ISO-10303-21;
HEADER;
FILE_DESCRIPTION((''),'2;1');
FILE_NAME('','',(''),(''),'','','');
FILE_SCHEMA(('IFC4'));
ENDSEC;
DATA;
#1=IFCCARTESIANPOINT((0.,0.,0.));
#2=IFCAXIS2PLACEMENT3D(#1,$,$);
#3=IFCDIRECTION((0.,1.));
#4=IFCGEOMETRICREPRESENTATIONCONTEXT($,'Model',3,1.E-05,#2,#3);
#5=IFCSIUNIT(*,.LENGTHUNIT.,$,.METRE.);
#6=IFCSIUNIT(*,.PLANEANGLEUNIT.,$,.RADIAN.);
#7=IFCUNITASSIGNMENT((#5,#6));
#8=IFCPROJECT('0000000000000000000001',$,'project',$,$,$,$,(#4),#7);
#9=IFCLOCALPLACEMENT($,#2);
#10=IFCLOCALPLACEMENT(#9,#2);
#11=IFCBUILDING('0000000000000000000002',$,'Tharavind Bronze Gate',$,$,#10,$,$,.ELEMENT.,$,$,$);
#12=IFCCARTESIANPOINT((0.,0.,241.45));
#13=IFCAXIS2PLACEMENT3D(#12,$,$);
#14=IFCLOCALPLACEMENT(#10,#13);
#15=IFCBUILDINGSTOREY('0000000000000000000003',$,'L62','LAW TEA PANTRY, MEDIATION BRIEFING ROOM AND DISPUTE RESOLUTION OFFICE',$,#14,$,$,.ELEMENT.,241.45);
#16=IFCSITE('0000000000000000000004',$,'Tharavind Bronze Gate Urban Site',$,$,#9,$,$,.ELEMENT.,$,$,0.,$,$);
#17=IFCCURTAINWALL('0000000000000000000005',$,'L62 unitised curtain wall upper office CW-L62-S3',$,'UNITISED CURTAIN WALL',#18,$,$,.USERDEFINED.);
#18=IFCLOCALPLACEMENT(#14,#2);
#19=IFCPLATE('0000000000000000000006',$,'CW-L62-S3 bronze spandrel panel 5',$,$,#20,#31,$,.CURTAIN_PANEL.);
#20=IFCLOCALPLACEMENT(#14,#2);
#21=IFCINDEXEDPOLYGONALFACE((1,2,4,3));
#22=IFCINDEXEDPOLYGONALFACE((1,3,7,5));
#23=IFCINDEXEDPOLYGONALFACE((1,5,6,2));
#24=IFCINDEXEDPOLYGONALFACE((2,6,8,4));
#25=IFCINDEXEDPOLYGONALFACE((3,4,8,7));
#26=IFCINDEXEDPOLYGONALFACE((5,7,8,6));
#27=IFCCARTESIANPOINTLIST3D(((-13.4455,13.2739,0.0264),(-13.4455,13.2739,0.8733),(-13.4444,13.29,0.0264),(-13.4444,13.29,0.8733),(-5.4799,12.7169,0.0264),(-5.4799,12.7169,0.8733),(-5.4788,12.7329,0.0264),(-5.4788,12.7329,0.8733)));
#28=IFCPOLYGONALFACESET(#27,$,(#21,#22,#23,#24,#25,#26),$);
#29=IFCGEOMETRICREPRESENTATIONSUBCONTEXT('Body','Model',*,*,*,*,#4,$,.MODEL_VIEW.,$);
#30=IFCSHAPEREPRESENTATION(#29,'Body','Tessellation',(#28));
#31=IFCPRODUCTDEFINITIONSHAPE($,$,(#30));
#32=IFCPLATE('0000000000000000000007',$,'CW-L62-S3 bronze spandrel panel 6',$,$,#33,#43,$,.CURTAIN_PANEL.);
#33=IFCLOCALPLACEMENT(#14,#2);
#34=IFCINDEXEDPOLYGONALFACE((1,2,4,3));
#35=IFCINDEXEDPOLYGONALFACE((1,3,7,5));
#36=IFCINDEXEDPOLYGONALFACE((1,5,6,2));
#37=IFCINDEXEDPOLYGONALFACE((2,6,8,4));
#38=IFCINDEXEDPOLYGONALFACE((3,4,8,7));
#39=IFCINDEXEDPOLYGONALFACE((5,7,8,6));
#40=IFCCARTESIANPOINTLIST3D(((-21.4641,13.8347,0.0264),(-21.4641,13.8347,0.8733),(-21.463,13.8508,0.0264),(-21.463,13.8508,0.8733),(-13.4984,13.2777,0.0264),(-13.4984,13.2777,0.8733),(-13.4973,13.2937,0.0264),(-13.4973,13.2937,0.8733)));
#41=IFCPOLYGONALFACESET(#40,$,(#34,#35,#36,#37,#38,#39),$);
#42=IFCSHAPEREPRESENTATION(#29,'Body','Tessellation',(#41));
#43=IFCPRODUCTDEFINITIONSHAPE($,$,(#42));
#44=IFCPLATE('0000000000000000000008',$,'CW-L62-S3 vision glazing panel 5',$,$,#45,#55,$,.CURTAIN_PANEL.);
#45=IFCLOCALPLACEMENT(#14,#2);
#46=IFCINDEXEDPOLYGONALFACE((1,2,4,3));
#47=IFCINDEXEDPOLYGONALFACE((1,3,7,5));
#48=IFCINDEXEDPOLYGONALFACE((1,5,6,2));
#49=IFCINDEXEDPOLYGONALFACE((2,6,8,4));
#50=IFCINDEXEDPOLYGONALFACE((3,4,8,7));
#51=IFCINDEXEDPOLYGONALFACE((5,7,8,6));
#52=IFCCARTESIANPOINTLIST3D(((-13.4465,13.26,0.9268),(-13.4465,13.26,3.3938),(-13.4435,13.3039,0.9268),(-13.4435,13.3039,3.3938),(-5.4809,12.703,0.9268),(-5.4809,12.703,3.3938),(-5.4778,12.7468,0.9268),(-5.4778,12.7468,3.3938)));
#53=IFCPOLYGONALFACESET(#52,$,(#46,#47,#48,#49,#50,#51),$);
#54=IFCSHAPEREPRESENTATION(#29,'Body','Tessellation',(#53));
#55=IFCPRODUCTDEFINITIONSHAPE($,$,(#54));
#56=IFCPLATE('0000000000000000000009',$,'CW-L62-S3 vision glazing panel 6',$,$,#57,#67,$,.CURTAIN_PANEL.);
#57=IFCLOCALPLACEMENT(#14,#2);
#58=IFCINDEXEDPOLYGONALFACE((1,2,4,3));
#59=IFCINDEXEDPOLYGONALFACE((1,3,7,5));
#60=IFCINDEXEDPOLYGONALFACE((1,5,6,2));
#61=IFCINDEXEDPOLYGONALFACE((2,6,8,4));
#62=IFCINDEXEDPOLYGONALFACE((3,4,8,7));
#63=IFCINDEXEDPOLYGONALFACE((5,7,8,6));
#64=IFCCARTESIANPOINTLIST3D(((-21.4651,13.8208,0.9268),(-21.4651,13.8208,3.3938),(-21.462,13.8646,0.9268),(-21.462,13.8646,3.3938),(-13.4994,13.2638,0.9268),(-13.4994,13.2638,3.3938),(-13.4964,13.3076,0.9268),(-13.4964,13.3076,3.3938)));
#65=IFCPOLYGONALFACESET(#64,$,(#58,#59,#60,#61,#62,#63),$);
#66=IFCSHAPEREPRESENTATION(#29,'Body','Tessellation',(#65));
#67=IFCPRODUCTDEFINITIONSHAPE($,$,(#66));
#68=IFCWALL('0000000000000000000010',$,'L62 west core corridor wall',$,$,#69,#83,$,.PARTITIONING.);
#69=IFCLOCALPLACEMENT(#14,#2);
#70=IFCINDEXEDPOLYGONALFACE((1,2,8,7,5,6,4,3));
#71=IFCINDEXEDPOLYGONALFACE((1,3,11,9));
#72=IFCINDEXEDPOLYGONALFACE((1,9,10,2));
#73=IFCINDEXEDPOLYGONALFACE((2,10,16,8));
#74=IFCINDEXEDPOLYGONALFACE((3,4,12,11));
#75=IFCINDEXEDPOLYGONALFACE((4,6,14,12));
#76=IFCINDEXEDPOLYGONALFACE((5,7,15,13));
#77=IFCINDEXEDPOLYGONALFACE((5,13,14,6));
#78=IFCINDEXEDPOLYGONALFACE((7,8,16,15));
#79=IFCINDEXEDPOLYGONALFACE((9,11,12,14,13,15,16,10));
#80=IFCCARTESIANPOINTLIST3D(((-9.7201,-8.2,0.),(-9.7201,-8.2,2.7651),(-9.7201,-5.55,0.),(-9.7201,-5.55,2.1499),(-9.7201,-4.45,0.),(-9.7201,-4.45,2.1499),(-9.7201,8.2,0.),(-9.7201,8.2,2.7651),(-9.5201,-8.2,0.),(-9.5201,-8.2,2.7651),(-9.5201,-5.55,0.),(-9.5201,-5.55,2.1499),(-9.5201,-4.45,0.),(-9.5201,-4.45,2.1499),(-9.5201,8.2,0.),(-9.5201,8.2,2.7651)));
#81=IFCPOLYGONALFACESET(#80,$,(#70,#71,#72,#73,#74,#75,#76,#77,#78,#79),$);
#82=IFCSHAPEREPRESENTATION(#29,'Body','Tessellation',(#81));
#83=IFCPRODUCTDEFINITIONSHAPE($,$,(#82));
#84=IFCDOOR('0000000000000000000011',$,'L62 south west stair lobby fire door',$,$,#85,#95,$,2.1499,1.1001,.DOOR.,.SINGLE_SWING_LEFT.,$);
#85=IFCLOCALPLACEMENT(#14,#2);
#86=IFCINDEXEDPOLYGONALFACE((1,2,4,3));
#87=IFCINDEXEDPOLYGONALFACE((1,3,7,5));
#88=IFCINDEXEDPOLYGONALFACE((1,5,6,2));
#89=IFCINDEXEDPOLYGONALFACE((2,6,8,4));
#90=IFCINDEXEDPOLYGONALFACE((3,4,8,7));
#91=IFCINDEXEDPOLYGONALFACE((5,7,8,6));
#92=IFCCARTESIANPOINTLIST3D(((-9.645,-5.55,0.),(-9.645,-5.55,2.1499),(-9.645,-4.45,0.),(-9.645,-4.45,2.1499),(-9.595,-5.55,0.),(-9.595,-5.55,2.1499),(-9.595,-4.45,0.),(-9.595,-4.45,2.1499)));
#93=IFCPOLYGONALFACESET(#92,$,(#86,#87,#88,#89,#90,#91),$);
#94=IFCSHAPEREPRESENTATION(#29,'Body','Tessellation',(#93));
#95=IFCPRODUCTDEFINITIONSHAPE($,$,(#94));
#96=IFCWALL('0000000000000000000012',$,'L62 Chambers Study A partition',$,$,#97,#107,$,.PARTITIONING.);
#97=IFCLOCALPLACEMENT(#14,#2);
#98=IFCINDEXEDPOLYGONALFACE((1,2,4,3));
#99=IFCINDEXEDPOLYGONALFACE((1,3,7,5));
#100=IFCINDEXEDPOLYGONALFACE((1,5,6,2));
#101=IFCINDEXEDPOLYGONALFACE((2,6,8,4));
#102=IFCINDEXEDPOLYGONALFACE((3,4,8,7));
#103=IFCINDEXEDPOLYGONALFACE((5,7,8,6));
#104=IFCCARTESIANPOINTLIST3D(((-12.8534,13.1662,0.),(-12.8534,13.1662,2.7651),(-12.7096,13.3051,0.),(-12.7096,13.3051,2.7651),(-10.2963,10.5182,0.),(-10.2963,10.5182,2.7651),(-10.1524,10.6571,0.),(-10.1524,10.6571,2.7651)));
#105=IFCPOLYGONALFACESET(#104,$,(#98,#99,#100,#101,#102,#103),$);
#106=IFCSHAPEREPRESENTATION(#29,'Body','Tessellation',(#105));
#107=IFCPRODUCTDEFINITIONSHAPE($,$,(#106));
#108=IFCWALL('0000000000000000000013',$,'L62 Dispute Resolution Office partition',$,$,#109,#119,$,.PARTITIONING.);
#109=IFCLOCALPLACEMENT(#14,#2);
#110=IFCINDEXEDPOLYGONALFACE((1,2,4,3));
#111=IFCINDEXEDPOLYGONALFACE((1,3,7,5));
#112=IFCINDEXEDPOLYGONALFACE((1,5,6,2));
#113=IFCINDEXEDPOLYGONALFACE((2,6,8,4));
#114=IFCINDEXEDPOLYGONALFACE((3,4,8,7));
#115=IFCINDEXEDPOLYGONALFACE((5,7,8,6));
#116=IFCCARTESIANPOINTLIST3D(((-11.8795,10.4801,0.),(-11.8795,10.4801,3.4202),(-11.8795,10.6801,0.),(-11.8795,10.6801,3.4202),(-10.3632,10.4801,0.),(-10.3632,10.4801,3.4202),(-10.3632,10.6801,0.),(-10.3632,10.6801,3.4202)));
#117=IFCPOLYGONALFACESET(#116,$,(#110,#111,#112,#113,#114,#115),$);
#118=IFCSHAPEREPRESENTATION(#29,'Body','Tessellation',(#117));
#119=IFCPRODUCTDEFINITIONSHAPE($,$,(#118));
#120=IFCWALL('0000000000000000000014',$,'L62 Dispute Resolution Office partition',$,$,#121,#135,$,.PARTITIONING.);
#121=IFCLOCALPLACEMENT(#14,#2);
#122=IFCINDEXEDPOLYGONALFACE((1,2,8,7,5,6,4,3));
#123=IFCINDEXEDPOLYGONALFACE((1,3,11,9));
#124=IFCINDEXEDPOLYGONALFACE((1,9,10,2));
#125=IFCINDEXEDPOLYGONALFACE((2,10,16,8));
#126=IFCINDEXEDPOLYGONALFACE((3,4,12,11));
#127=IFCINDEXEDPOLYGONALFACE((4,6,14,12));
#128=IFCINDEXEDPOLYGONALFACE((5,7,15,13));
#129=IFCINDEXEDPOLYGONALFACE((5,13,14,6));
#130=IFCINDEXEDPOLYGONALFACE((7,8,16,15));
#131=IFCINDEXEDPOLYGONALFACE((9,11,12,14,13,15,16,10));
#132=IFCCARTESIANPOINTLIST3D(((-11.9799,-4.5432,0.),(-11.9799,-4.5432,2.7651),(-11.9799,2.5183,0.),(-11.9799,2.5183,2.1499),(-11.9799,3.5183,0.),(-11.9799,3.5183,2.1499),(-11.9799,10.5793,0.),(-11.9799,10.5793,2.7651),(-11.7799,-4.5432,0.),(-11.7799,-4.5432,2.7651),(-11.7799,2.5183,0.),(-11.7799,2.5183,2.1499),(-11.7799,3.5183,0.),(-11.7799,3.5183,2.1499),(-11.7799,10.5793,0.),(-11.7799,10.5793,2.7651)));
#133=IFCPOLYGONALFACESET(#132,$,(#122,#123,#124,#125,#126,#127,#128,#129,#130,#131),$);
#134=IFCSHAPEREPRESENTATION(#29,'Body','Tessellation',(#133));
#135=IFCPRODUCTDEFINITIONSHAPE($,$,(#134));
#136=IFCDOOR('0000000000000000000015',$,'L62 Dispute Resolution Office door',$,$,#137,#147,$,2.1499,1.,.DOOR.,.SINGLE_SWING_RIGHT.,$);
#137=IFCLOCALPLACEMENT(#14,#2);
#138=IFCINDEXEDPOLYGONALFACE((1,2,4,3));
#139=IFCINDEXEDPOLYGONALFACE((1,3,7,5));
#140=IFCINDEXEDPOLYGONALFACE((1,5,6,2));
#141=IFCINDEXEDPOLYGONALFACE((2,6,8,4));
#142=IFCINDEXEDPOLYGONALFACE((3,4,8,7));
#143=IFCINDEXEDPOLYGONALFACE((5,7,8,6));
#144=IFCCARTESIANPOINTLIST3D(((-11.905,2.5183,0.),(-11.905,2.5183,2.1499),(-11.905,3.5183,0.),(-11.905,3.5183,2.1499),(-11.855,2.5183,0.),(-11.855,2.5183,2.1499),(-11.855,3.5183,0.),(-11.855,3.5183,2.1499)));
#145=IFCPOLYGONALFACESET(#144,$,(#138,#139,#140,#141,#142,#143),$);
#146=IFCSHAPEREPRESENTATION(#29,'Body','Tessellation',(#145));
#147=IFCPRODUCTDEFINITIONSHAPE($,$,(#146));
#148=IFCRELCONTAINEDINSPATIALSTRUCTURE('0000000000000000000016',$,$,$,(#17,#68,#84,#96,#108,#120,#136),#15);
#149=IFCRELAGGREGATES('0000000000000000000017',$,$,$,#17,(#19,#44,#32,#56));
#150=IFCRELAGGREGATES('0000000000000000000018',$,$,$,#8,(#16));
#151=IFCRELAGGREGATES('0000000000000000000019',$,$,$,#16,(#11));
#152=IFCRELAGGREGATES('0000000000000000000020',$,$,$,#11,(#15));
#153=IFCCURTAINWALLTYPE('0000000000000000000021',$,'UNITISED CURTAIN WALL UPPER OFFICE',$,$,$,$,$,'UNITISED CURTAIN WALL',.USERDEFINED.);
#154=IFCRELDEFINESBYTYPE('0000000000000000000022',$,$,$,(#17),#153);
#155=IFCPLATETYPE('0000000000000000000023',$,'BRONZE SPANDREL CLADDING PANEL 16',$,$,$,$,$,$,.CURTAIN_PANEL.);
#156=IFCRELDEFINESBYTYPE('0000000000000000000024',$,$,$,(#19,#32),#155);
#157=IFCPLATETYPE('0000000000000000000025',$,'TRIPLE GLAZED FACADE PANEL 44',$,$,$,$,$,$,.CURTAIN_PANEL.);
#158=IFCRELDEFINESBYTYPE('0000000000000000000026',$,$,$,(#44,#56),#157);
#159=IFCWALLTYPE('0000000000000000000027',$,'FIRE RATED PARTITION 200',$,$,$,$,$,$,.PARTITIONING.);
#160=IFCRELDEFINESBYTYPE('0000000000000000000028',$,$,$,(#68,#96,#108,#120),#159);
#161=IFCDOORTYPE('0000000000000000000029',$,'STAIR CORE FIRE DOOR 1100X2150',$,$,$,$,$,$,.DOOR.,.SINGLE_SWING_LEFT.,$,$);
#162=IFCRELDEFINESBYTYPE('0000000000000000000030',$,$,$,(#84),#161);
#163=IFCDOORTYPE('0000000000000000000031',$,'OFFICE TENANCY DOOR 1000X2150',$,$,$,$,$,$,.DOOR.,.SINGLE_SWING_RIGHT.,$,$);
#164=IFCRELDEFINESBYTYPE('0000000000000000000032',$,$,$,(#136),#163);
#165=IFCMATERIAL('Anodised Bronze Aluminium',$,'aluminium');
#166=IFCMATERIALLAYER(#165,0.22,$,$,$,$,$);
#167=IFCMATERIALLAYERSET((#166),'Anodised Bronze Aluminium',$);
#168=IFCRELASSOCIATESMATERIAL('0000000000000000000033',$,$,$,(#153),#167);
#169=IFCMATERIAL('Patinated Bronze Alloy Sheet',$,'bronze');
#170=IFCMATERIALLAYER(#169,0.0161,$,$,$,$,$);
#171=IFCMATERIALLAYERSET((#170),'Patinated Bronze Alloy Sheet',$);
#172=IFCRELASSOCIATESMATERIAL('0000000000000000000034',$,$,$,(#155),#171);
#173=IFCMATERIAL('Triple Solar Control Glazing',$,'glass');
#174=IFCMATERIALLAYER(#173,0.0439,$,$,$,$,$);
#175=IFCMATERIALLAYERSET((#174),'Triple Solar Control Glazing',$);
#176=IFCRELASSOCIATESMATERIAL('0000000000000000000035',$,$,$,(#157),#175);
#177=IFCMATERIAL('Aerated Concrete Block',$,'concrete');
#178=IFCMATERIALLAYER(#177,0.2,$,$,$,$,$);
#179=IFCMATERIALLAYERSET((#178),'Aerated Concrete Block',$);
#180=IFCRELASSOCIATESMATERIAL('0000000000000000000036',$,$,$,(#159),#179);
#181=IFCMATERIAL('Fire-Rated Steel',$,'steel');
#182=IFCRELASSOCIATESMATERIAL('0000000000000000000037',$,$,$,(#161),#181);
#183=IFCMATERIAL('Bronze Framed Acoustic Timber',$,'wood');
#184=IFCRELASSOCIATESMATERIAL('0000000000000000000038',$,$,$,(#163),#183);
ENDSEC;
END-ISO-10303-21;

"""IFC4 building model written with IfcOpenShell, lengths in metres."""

from ifc_helpers import new_model, si_unit, direction, frame, frame_2d, origin, origin_2d, place, context, subcontext, project, spatial, rectangle, extrude, material, layer, layer_set, type_object, element, fill, aggregate, save


model = new_model("IFC4")

# Units and contexts
model_context = context("Model", 3, precision=1e-05, world=origin(), true_north=direction((0.0, 1.0)))
body_context = subcontext(model_context, "Body", "Model", "MODEL_VIEW")
ifc_project = project(units=[si_unit("LENGTHUNIT", "METRE"), si_unit("PLANEANGLEUNIT", "RADIAN")], contexts=[model_context])

# Site, building, storey
site_placement = place(None, origin())
site = spatial("IfcSite", under=ifc_project, at=site_placement, Name="Tharavind Bronze Gate Urban Site", CompositionType="ELEMENT", RefElevation=0.0)
building_placement = place(site_placement, origin())
building = spatial("IfcBuilding", under=site, at=building_placement, Name="Tharavind Bronze Gate", CompositionType="ELEMENT")
storey_placement = place(building_placement, frame((0.0, 0.0, 241.45)))
storey = spatial("IfcBuildingStorey", under=building, at=storey_placement, Name="L62", Description="LAW TEA PANTRY, MEDIATION BRIEFING ROOM AND DISPUTE RESOLUTION OFFICE", CompositionType="ELEMENT", Elevation=241.45)

# Curtain wall
ifc_material_1 = material(Name="Anodised Bronze Aluminium", Category="aluminium")
ifc_layer_1 = layer(ifc_material_1, 0.22)
ifc_layer_set_1 = layer_set([ifc_layer_1], Name="Anodised Bronze Aluminium")
curtain_wall_type = type_object("IfcCurtainWallType", Name="UNITISED CURTAIN WALL UPPER OFFICE", ElementType="UNITISED CURTAIN WALL", PredefinedType="USERDEFINED", material=ifc_layer_set_1)
curtain_wall_placement = place(storey_placement, origin())
curtain_wall = element("IfcCurtainWall", 1, at=curtain_wall_placement, inside=storey, type_object=curtain_wall_type, Name="L62 unitised curtain wall upper office CW-L62-S3", ObjectType="UNITISED CURTAIN WALL", PredefinedType="USERDEFINED")

# Plates
ifc_material_2 = material(Name="Patinated Bronze Alloy Sheet", Category="bronze")
ifc_layer_2 = layer(ifc_material_2, 0.0161)
ifc_layer_set_2 = layer_set([ifc_layer_2], Name="Patinated Bronze Alloy Sheet")
plate_type_1 = type_object("IfcPlateType", Name="BRONZE SPANDREL CLADDING PANEL 16", PredefinedType="CURTAIN_PANEL", material=ifc_layer_set_2)
plate_1_placement = place(storey_placement, frame((-9.4622, 13.0034, 0.0264), z_axis=(0.0, 0.0, 1.0), x_axis=(-0.997564, 0.069758, 0.0)))
plate_1 = element("IfcPlate", 2, at=plate_1_placement, type_object=plate_type_1, Name="CW-L62-S3 bronze spandrel panel 5", PredefinedType="CURTAIN_PANEL", context=body_context, shape_type="SweptSolid", body=[
    extrude(rectangle(XDim=7.9851, YDim=0.0161, at=origin_2d()), origin(), (0.0, 0.0, 1.0), 0.8469),
])
plate_2_placement = place(storey_placement, frame((-17.4807, 13.5642, 0.0264), z_axis=(0.0, 0.0, 1.0), x_axis=(-0.997564, 0.069758, 0.0)))
plate_2 = element("IfcPlate", 3, at=plate_2_placement, type_object=plate_type_1, Name="CW-L62-S3 bronze spandrel panel 6", PredefinedType="CURTAIN_PANEL", context=body_context, shape_type="SweptSolid", body=[
    extrude(rectangle(XDim=7.9851, YDim=0.0161, at=origin_2d()), origin(), (0.0, 0.0, 1.0), 0.8469),
])
ifc_material_3 = material(Name="Triple Solar Control Glazing", Category="glass")
ifc_layer_3 = layer(ifc_material_3, 0.0439)
ifc_layer_set_3 = layer_set([ifc_layer_3], Name="Triple Solar Control Glazing")
plate_type_2 = type_object("IfcPlateType", Name="TRIPLE GLAZED FACADE PANEL 44", PredefinedType="CURTAIN_PANEL", material=ifc_layer_set_3)
plate_3_placement = place(storey_placement, frame((-9.4622, 13.0034, 0.9268), z_axis=(0.0, 0.0, 1.0), x_axis=(-0.997564, 0.069758, 0.0)))
plate_3 = element("IfcPlate", 4, at=plate_3_placement, type_object=plate_type_2, Name="CW-L62-S3 vision glazing panel 5", PredefinedType="CURTAIN_PANEL", context=body_context, shape_type="SweptSolid", body=[
    extrude(rectangle(XDim=7.9851, YDim=0.0439, at=origin_2d()), origin(), (0.0, 0.0, 1.0), 2.467),
])
plate_4_placement = place(storey_placement, frame((-17.4807, 13.5642, 0.9268), z_axis=(0.0, 0.0, 1.0), x_axis=(-0.997564, 0.069758, 0.0)))
plate_4 = element("IfcPlate", 5, at=plate_4_placement, type_object=plate_type_2, Name="CW-L62-S3 vision glazing panel 6", PredefinedType="CURTAIN_PANEL", context=body_context, shape_type="SweptSolid", body=[
    extrude(rectangle(XDim=7.9851, YDim=0.0439, at=origin_2d()), origin(), (0.0, 0.0, 1.0), 2.467),
])
aggregate(curtain_wall, [plate_1, plate_3, plate_2, plate_4])

# Wall, opening, door
ifc_material_4 = material(Name="Aerated Concrete Block", Category="concrete")
ifc_layer_4 = layer(ifc_material_4, 0.2)
ifc_layer_set_4 = layer_set([ifc_layer_4], Name="Aerated Concrete Block")
wall_type = type_object("IfcWallType", Name="FIRE RATED PARTITION 200", PredefinedType="PARTITIONING", material=ifc_layer_set_4)
wall_1_placement = place(storey_placement, frame((-9.6201, 8.2, 0.0), z_axis=(0.0, 0.0, 1.0), x_axis=(0.0, -1.0, 0.0)))
wall_1 = element("IfcWall", 6, at=wall_1_placement, inside=storey, type_object=wall_type, Name="L62 west core corridor wall", PredefinedType="PARTITIONING", context=body_context, shape_type="SweptSolid", body=[
    extrude(rectangle(XDim=16.3999, YDim=0.2, at=frame_2d((8.2, 0.0))), origin(), (0.0, 0.0, 1.0), 2.7651),
])
opening_1_placement = place(wall_1_placement, frame((12.6499, 0.0, 0.0)))
opening_1 = element("IfcOpeningElement", 7, at=opening_1_placement, cuts=wall_1, PredefinedType="OPENING", context=body_context, shape_type="SweptSolid", body=[
    extrude(rectangle(XDim=1.1001, YDim=2.1499, at=frame_2d((0.55, 1.075))), frame((0.0, 0.1101, 0.0), z_axis=(0.0, -1.0, 0.0), x_axis=(1.0, 0.0, 0.0)), (0.0, 0.0, 1.0), 0.22),
])
ifc_material_5 = material(Name="Fire-Rated Steel", Category="steel")
door_type_1 = type_object("IfcDoorType", Name="STAIR CORE FIRE DOOR 1100X2150", OperationType="SINGLE_SWING_LEFT", PredefinedType="DOOR", material=ifc_material_5)
door_1_placement = place(opening_1_placement, frame((1.1001, 0.0, 0.0), z_axis=(0.0, 0.0, 1.0), x_axis=(-1.0, 0.0, 0.0)))
door_1 = element("IfcDoor", 8, at=door_1_placement, inside=storey, type_object=door_type_1, Name="L62 south west stair lobby fire door", OperationType="SINGLE_SWING_LEFT", OverallHeight=2.1499, OverallWidth=1.1001, PredefinedType="DOOR", context=body_context, shape_type="SweptSolid", body=[
    extrude(rectangle(XDim=1.1001, YDim=2.1499, at=frame_2d((0.55, 1.075))), frame((0.0, 0.0249, 0.0), z_axis=(0.0, -1.0, 0.0), x_axis=(1.0, 0.0, 0.0)), (0.0, 0.0, 1.0), 0.05),
])
fill(opening_1, door_1)

# Walls
wall_2_placement = place(storey_placement, frame((-10.2244, 10.5876, 0.0), z_axis=(0.0, 0.0, 1.0), x_axis=(-0.694663, 0.719335, 0.0)))
element("IfcWall", 9, at=wall_2_placement, inside=storey, type_object=wall_type, Name="L62 Chambers Study A partition", PredefinedType="PARTITIONING", context=body_context, shape_type="SweptSolid", body=[
    extrude(rectangle(XDim=3.6812, YDim=0.2, at=frame_2d((1.8406, 0.0))), origin(), (0.0, 0.0, 1.0), 2.7651),
])
wall_3_placement = place(storey_placement, frame((-10.363, 10.5801, 0.0), z_axis=(0.0, 0.0, 1.0), x_axis=(-1.0, 0.0, 0.0)))
element("IfcWall", 10, at=wall_3_placement, inside=storey, type_object=wall_type, Name="L62 Dispute Resolution Office partition", PredefinedType="PARTITIONING", context=body_context, shape_type="SweptSolid", body=[
    extrude(rectangle(XDim=1.5164, YDim=0.2, at=frame_2d((0.7583, 0.0))), origin(), (0.0, 0.0, 1.0), 3.4202),
])

# Wall, opening, door
wall_4_placement = place(storey_placement, frame((-11.8799, 10.5793, 0.0), z_axis=(0.0, 0.0, 1.0), x_axis=(0.0, -1.0, 0.0)))
wall_4 = element("IfcWall", 11, at=wall_4_placement, inside=storey, type_object=wall_type, Name="L62 Dispute Resolution Office partition", PredefinedType="PARTITIONING", context=body_context, shape_type="SweptSolid", body=[
    extrude(rectangle(XDim=15.1226, YDim=0.2, at=frame_2d((7.5613, 0.0))), origin(), (0.0, 0.0, 1.0), 2.7651),
])
opening_2_placement = place(wall_4_placement, frame((7.061, 0.0, 0.0)))
opening_2 = element("IfcOpeningElement", 12, at=opening_2_placement, cuts=wall_4, PredefinedType="OPENING", context=body_context, shape_type="SweptSolid", body=[
    extrude(rectangle(XDim=1.0, YDim=2.1499, at=frame_2d((0.5, 1.075))), frame((0.0, 0.1101, 0.0), z_axis=(0.0, -1.0, 0.0), x_axis=(1.0, 0.0, 0.0)), (0.0, 0.0, 1.0), 0.22),
])
ifc_material_6 = material(Name="Bronze Framed Acoustic Timber", Category="wood")
door_type_2 = type_object("IfcDoorType", Name="OFFICE TENANCY DOOR 1000X2150", OperationType="SINGLE_SWING_RIGHT", PredefinedType="DOOR", material=ifc_material_6)
door_2_placement = place(opening_2_placement, origin())
door_2 = element("IfcDoor", 13, at=door_2_placement, inside=storey, type_object=door_type_2, Name="L62 Dispute Resolution Office door", OperationType="SINGLE_SWING_RIGHT", OverallHeight=2.1499, OverallWidth=1.0, PredefinedType="DOOR", context=body_context, shape_type="SweptSolid", body=[
    extrude(rectangle(XDim=1.0, YDim=2.1499, at=frame_2d((0.5, 1.075))), frame((0.0, 0.0249, 0.0), z_axis=(0.0, -1.0, 0.0), x_axis=(1.0, 0.0, 0.0)), (0.0, 0.0, 1.0), 0.05),
])
fill(opening_2, door_2)

save(model, "model.ifc")
